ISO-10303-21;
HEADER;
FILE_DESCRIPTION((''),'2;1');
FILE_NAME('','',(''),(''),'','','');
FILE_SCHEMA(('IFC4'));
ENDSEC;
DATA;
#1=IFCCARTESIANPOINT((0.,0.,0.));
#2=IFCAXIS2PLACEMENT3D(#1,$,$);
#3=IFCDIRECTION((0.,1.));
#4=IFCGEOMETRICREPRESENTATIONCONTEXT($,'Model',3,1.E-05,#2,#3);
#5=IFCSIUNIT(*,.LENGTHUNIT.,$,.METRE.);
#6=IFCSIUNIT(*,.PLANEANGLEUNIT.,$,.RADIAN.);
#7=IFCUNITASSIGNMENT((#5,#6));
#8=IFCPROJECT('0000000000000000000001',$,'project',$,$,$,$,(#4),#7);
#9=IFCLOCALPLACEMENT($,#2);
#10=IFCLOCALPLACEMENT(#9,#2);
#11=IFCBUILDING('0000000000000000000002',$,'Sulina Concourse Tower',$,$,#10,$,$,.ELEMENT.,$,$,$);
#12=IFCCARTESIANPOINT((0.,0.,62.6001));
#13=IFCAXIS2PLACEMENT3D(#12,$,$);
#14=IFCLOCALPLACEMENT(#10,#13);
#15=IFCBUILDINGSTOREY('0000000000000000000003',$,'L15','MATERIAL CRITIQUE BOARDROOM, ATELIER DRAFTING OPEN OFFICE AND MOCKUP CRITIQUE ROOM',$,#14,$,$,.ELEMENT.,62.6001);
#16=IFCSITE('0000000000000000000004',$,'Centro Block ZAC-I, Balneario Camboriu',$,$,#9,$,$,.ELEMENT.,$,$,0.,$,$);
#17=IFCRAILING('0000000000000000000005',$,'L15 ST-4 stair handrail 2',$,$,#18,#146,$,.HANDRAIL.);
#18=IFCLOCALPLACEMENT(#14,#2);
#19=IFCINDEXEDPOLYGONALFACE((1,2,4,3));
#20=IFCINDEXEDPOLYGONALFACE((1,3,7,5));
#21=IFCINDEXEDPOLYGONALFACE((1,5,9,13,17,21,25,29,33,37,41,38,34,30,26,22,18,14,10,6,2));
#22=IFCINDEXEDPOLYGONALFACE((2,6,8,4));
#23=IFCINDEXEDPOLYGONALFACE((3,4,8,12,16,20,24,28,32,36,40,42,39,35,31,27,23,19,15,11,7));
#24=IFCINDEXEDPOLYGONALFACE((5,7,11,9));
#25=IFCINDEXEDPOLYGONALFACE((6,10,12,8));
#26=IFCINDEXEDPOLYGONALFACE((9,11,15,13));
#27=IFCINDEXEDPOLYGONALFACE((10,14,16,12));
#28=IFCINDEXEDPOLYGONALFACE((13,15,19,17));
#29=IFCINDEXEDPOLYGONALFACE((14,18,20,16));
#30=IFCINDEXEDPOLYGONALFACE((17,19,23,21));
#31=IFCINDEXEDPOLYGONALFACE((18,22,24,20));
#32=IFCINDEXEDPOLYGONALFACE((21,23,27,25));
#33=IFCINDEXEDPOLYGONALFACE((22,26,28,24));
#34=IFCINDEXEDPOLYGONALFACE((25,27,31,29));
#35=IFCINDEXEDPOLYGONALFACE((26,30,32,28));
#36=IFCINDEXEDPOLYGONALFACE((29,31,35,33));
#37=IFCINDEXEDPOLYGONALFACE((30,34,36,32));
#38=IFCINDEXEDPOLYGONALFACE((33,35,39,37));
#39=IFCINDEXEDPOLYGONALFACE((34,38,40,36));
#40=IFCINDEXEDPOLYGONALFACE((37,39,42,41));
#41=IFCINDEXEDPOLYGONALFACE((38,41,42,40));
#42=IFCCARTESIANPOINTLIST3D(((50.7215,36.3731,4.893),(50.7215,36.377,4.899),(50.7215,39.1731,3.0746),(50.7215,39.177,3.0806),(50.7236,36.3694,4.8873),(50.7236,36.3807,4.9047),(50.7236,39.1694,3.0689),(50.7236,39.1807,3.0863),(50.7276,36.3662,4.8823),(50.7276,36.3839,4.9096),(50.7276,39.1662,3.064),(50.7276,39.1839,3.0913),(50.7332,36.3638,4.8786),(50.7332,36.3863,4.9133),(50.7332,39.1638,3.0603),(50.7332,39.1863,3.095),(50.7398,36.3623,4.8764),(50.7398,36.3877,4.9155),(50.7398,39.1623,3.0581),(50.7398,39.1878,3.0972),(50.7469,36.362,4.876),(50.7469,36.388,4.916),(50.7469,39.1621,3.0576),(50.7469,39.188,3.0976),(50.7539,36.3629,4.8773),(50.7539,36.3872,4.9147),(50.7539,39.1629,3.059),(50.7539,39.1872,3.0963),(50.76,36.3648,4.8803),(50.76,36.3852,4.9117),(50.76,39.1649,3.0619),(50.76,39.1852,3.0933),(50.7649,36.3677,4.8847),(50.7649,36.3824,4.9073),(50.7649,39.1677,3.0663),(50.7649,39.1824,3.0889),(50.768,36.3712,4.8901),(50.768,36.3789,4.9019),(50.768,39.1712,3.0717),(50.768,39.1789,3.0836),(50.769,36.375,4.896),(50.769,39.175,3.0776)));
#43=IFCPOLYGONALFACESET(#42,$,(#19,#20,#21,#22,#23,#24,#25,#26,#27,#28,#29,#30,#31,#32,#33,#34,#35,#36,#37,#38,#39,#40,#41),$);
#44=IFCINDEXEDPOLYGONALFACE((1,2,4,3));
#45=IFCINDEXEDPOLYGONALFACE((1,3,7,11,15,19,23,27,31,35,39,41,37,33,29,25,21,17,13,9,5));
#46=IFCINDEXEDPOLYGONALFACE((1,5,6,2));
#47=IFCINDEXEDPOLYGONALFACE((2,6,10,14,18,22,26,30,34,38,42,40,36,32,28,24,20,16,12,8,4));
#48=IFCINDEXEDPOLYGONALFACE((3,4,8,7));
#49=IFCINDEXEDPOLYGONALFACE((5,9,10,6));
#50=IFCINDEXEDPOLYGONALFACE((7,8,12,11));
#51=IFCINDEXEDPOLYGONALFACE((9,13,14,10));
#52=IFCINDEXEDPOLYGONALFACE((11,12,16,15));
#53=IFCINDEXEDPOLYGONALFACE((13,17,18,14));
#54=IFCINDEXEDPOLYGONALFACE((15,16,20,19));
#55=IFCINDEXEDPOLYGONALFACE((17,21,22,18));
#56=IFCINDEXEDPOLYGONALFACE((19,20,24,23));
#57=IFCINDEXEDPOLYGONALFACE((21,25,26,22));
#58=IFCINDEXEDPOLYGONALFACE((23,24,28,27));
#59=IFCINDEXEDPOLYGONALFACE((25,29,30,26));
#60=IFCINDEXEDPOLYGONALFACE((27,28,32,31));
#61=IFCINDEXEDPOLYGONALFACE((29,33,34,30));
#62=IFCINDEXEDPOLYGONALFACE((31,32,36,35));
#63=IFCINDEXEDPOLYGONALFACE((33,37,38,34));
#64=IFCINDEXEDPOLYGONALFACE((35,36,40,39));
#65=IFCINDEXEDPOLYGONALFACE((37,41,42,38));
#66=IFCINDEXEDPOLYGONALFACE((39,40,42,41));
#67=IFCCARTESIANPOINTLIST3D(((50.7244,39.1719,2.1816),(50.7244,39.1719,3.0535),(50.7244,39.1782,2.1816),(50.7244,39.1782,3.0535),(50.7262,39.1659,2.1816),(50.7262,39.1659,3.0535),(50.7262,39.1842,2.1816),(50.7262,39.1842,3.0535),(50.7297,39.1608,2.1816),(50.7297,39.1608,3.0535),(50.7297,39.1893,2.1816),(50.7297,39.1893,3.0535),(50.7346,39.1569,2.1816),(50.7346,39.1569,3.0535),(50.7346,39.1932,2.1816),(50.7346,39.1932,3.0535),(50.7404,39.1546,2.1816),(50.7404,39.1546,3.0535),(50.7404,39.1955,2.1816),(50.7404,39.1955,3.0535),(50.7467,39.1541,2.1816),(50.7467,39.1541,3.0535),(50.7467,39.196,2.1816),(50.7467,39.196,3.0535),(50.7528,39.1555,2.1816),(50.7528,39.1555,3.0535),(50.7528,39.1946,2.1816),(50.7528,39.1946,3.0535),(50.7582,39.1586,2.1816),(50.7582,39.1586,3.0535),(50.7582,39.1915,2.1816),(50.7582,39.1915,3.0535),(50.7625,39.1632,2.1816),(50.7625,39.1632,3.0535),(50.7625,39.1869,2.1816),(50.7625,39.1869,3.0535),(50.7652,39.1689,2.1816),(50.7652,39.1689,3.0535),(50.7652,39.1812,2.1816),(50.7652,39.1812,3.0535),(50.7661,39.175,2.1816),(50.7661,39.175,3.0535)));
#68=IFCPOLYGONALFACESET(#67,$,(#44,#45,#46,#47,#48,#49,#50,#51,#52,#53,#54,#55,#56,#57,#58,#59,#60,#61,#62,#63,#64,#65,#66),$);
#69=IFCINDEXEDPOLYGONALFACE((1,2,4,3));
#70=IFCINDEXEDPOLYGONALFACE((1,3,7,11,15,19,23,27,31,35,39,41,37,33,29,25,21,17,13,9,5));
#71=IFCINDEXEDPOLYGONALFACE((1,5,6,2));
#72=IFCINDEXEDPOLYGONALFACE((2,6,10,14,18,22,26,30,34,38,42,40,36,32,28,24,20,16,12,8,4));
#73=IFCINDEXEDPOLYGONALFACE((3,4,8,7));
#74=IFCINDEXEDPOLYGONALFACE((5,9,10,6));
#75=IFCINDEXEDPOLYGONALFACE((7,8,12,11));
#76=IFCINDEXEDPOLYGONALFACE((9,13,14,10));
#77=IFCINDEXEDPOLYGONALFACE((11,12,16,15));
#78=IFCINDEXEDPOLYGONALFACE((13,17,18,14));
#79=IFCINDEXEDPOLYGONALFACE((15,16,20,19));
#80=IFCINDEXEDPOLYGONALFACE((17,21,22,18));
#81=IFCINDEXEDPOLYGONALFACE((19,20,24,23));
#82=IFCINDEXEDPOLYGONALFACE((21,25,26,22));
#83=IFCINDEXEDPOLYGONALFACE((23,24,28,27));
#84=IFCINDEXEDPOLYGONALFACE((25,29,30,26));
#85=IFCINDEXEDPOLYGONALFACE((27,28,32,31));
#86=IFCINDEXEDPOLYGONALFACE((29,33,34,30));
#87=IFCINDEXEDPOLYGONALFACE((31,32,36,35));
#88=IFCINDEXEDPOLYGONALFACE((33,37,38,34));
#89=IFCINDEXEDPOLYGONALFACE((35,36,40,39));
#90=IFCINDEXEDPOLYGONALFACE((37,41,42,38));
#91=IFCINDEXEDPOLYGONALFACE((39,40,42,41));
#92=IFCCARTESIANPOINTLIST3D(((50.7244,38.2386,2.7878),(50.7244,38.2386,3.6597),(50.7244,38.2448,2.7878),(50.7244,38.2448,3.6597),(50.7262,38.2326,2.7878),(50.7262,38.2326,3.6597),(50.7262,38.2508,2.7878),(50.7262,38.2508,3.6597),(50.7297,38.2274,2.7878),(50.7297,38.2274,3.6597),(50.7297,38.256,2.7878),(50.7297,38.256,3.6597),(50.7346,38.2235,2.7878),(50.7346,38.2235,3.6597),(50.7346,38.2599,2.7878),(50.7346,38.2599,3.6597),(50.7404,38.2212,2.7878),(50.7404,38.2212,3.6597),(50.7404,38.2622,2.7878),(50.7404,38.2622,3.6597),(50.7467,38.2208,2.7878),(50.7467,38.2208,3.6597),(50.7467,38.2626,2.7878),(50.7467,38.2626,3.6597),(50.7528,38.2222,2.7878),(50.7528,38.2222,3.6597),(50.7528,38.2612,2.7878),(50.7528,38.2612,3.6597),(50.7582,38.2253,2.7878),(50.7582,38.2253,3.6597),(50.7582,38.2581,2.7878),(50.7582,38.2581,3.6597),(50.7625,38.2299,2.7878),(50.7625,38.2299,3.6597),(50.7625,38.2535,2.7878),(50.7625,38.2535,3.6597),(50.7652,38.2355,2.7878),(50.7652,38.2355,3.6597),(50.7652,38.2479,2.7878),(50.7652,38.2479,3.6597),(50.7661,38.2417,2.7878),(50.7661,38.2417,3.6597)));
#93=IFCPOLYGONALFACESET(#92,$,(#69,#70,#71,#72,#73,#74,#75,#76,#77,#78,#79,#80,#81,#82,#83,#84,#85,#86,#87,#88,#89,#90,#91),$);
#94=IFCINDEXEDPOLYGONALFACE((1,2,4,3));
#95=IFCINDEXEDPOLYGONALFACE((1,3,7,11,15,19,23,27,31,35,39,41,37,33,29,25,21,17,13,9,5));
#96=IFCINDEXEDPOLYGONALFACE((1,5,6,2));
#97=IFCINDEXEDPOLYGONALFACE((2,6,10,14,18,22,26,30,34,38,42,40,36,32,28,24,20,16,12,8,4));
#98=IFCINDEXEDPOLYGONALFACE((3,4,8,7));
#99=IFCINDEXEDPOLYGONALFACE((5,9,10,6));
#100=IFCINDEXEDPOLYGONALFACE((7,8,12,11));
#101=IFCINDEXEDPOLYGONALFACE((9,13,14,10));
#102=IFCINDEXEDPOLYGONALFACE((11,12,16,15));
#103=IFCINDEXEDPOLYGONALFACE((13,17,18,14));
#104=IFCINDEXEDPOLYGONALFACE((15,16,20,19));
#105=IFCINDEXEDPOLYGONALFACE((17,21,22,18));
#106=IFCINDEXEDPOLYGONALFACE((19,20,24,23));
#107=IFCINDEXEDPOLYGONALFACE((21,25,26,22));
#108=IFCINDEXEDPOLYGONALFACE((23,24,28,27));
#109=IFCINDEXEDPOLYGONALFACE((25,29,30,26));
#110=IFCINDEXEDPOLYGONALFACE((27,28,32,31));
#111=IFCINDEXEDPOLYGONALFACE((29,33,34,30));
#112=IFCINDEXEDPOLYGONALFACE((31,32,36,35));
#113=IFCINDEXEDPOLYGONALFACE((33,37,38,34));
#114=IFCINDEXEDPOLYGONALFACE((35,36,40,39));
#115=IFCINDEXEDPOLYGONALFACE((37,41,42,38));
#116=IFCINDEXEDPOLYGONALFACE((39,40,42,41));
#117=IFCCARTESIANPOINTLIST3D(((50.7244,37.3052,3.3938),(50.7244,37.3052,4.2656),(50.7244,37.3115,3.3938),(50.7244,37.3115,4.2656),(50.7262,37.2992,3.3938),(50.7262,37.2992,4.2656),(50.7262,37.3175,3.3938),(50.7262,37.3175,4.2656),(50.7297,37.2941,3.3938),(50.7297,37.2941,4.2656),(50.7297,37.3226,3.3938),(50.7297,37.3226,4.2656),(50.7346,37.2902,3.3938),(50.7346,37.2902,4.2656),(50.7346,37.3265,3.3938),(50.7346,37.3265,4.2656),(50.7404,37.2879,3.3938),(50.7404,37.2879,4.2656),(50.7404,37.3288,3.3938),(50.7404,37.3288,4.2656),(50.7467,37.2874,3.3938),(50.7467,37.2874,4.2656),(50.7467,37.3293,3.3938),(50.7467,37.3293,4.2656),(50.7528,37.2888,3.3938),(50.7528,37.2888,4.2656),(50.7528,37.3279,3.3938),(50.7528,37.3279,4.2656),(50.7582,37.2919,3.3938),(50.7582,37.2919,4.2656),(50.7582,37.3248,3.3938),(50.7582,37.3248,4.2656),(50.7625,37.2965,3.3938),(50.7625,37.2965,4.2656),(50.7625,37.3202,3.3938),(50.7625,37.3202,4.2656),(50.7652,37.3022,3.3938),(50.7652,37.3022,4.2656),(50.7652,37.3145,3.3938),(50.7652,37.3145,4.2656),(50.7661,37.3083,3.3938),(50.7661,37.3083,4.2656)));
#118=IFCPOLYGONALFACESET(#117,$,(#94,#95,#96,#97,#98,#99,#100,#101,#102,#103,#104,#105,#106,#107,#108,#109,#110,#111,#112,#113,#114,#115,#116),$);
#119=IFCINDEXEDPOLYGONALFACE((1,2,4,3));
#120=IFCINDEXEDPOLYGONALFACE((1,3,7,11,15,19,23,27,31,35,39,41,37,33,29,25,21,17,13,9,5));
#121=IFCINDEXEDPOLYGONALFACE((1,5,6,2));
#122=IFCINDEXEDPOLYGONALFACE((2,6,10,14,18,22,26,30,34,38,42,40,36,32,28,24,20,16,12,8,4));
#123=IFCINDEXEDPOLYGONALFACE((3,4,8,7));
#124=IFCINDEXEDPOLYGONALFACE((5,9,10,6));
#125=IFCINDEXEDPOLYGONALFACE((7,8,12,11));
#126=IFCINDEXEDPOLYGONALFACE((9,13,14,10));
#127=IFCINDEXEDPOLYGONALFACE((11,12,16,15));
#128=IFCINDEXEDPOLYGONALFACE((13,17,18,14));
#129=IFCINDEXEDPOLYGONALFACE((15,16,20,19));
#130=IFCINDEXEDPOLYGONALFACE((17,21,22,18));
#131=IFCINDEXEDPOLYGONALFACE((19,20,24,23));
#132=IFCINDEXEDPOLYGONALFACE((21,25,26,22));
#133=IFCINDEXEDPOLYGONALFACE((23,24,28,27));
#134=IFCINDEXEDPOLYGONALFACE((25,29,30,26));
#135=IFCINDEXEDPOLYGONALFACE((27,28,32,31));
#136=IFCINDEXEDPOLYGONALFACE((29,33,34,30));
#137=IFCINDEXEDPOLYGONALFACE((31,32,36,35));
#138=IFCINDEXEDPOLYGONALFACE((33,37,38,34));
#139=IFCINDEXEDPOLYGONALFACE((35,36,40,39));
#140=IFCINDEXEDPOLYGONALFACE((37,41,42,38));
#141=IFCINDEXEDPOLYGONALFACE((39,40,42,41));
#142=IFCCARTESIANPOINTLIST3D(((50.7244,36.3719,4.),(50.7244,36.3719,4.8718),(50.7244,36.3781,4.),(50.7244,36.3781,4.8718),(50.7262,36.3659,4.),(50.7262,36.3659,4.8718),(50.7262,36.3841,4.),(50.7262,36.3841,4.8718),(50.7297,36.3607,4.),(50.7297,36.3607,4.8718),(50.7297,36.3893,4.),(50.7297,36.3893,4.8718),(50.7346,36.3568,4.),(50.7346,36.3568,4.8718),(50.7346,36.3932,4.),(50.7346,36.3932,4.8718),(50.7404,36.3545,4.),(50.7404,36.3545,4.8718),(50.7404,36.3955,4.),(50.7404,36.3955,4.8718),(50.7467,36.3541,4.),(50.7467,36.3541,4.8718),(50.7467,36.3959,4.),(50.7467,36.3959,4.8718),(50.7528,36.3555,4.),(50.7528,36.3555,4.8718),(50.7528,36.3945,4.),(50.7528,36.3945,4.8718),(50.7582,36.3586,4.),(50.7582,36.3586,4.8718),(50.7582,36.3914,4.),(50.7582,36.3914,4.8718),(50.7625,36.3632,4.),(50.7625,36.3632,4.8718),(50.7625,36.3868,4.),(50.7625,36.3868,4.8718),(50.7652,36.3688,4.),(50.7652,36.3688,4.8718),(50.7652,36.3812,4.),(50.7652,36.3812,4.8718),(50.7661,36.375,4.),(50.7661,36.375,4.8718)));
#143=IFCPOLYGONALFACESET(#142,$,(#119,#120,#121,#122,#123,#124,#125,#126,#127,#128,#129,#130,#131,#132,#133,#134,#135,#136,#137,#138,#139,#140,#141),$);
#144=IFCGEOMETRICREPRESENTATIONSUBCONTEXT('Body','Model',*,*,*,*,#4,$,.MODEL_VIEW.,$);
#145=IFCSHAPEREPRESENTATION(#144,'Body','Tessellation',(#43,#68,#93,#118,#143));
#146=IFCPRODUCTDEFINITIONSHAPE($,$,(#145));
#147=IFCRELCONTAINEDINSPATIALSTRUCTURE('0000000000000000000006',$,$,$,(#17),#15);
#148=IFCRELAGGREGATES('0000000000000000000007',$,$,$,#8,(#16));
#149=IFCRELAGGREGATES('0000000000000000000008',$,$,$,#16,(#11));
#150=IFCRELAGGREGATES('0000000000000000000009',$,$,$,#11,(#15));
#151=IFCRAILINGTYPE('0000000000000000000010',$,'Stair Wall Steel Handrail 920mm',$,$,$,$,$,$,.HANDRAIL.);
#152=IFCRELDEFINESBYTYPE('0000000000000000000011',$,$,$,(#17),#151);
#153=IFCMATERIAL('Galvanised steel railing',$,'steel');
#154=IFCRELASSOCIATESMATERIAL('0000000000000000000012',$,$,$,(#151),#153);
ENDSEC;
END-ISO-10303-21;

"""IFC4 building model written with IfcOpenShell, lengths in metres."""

from ifc_helpers import new_model, si_unit, direction, frame, origin, origin_2d, place, context, subcontext, project, spatial, circle, extrude, material, type_object, element, save


model = new_model("IFC4")

# Units and contexts
model_context = context("Model", 3, precision=1e-05, world=origin(), true_north=direction((0.0, 1.0)))
body_context = subcontext(model_context, "Body", "Model", "MODEL_VIEW")
ifc_project = project(units=[si_unit("LENGTHUNIT", "METRE"), si_unit("PLANEANGLEUNIT", "RADIAN")], contexts=[model_context])

# Site, building, storey
site_placement = place(None, origin())
site = spatial("IfcSite", under=ifc_project, at=site_placement, Name="Centro Block ZAC-I, Balneario Camboriu", CompositionType="ELEMENT", RefElevation=0.0)
building_placement = place(site_placement, origin())
building = spatial("IfcBuilding", under=site, at=building_placement, Name="Sulina Concourse Tower", CompositionType="ELEMENT")
storey_placement = place(building_placement, frame((0.0, 0.0, 62.6001)))
storey = spatial("IfcBuildingStorey", under=building, at=storey_placement, Name="L15", Description="MATERIAL CRITIQUE BOARDROOM, ATELIER DRAFTING OPEN OFFICE AND MOCKUP CRITIQUE ROOM", CompositionType="ELEMENT", Elevation=62.6001)

# Railing
ifc_material_1 = material(Name="Galvanised steel railing", Category="steel")
railing_type_1 = type_object("IfcRailingType", Name="Stair Wall Steel Handrail 920mm", PredefinedType="HANDRAIL", material=ifc_material_1)
railing_1_placement = place(storey_placement, frame((50.7451, 39.175, 2.1816)))
element("IfcRailing", 1, at=railing_1_placement, inside=storey, type_object=railing_type_1, Name="L15 ST-4 stair handrail 2", PredefinedType="HANDRAIL", context=body_context, shape_type="SweptSolid", body=[
    extrude(circle(Radius=0.0239, at=origin_2d()), frame((0.0, 0.0, 0.896), z_axis=(0.0, -0.838672, 0.544636), x_axis=(1.0, 0.0, 0.0)), (0.0, 0.0, 1.0), 3.3386),
    extrude(circle(Radius=0.021, at=origin_2d()), origin(), (0.0, 0.0, 1.0), 0.8718),
    extrude(circle(Radius=0.021, at=origin_2d()), frame((0.0, -0.9333, 0.6062)), (0.0, 0.0, 1.0), 0.8718),
    extrude(circle(Radius=0.021, at=origin_2d()), frame((0.0, -1.8667, 1.2122)), (0.0, 0.0, 1.0), 0.8718),
    extrude(circle(Radius=0.021, at=origin_2d()), frame((0.0, -2.8, 1.8184)), (0.0, 0.0, 1.0), 0.8718),
])

save(model, "model.ifc")
